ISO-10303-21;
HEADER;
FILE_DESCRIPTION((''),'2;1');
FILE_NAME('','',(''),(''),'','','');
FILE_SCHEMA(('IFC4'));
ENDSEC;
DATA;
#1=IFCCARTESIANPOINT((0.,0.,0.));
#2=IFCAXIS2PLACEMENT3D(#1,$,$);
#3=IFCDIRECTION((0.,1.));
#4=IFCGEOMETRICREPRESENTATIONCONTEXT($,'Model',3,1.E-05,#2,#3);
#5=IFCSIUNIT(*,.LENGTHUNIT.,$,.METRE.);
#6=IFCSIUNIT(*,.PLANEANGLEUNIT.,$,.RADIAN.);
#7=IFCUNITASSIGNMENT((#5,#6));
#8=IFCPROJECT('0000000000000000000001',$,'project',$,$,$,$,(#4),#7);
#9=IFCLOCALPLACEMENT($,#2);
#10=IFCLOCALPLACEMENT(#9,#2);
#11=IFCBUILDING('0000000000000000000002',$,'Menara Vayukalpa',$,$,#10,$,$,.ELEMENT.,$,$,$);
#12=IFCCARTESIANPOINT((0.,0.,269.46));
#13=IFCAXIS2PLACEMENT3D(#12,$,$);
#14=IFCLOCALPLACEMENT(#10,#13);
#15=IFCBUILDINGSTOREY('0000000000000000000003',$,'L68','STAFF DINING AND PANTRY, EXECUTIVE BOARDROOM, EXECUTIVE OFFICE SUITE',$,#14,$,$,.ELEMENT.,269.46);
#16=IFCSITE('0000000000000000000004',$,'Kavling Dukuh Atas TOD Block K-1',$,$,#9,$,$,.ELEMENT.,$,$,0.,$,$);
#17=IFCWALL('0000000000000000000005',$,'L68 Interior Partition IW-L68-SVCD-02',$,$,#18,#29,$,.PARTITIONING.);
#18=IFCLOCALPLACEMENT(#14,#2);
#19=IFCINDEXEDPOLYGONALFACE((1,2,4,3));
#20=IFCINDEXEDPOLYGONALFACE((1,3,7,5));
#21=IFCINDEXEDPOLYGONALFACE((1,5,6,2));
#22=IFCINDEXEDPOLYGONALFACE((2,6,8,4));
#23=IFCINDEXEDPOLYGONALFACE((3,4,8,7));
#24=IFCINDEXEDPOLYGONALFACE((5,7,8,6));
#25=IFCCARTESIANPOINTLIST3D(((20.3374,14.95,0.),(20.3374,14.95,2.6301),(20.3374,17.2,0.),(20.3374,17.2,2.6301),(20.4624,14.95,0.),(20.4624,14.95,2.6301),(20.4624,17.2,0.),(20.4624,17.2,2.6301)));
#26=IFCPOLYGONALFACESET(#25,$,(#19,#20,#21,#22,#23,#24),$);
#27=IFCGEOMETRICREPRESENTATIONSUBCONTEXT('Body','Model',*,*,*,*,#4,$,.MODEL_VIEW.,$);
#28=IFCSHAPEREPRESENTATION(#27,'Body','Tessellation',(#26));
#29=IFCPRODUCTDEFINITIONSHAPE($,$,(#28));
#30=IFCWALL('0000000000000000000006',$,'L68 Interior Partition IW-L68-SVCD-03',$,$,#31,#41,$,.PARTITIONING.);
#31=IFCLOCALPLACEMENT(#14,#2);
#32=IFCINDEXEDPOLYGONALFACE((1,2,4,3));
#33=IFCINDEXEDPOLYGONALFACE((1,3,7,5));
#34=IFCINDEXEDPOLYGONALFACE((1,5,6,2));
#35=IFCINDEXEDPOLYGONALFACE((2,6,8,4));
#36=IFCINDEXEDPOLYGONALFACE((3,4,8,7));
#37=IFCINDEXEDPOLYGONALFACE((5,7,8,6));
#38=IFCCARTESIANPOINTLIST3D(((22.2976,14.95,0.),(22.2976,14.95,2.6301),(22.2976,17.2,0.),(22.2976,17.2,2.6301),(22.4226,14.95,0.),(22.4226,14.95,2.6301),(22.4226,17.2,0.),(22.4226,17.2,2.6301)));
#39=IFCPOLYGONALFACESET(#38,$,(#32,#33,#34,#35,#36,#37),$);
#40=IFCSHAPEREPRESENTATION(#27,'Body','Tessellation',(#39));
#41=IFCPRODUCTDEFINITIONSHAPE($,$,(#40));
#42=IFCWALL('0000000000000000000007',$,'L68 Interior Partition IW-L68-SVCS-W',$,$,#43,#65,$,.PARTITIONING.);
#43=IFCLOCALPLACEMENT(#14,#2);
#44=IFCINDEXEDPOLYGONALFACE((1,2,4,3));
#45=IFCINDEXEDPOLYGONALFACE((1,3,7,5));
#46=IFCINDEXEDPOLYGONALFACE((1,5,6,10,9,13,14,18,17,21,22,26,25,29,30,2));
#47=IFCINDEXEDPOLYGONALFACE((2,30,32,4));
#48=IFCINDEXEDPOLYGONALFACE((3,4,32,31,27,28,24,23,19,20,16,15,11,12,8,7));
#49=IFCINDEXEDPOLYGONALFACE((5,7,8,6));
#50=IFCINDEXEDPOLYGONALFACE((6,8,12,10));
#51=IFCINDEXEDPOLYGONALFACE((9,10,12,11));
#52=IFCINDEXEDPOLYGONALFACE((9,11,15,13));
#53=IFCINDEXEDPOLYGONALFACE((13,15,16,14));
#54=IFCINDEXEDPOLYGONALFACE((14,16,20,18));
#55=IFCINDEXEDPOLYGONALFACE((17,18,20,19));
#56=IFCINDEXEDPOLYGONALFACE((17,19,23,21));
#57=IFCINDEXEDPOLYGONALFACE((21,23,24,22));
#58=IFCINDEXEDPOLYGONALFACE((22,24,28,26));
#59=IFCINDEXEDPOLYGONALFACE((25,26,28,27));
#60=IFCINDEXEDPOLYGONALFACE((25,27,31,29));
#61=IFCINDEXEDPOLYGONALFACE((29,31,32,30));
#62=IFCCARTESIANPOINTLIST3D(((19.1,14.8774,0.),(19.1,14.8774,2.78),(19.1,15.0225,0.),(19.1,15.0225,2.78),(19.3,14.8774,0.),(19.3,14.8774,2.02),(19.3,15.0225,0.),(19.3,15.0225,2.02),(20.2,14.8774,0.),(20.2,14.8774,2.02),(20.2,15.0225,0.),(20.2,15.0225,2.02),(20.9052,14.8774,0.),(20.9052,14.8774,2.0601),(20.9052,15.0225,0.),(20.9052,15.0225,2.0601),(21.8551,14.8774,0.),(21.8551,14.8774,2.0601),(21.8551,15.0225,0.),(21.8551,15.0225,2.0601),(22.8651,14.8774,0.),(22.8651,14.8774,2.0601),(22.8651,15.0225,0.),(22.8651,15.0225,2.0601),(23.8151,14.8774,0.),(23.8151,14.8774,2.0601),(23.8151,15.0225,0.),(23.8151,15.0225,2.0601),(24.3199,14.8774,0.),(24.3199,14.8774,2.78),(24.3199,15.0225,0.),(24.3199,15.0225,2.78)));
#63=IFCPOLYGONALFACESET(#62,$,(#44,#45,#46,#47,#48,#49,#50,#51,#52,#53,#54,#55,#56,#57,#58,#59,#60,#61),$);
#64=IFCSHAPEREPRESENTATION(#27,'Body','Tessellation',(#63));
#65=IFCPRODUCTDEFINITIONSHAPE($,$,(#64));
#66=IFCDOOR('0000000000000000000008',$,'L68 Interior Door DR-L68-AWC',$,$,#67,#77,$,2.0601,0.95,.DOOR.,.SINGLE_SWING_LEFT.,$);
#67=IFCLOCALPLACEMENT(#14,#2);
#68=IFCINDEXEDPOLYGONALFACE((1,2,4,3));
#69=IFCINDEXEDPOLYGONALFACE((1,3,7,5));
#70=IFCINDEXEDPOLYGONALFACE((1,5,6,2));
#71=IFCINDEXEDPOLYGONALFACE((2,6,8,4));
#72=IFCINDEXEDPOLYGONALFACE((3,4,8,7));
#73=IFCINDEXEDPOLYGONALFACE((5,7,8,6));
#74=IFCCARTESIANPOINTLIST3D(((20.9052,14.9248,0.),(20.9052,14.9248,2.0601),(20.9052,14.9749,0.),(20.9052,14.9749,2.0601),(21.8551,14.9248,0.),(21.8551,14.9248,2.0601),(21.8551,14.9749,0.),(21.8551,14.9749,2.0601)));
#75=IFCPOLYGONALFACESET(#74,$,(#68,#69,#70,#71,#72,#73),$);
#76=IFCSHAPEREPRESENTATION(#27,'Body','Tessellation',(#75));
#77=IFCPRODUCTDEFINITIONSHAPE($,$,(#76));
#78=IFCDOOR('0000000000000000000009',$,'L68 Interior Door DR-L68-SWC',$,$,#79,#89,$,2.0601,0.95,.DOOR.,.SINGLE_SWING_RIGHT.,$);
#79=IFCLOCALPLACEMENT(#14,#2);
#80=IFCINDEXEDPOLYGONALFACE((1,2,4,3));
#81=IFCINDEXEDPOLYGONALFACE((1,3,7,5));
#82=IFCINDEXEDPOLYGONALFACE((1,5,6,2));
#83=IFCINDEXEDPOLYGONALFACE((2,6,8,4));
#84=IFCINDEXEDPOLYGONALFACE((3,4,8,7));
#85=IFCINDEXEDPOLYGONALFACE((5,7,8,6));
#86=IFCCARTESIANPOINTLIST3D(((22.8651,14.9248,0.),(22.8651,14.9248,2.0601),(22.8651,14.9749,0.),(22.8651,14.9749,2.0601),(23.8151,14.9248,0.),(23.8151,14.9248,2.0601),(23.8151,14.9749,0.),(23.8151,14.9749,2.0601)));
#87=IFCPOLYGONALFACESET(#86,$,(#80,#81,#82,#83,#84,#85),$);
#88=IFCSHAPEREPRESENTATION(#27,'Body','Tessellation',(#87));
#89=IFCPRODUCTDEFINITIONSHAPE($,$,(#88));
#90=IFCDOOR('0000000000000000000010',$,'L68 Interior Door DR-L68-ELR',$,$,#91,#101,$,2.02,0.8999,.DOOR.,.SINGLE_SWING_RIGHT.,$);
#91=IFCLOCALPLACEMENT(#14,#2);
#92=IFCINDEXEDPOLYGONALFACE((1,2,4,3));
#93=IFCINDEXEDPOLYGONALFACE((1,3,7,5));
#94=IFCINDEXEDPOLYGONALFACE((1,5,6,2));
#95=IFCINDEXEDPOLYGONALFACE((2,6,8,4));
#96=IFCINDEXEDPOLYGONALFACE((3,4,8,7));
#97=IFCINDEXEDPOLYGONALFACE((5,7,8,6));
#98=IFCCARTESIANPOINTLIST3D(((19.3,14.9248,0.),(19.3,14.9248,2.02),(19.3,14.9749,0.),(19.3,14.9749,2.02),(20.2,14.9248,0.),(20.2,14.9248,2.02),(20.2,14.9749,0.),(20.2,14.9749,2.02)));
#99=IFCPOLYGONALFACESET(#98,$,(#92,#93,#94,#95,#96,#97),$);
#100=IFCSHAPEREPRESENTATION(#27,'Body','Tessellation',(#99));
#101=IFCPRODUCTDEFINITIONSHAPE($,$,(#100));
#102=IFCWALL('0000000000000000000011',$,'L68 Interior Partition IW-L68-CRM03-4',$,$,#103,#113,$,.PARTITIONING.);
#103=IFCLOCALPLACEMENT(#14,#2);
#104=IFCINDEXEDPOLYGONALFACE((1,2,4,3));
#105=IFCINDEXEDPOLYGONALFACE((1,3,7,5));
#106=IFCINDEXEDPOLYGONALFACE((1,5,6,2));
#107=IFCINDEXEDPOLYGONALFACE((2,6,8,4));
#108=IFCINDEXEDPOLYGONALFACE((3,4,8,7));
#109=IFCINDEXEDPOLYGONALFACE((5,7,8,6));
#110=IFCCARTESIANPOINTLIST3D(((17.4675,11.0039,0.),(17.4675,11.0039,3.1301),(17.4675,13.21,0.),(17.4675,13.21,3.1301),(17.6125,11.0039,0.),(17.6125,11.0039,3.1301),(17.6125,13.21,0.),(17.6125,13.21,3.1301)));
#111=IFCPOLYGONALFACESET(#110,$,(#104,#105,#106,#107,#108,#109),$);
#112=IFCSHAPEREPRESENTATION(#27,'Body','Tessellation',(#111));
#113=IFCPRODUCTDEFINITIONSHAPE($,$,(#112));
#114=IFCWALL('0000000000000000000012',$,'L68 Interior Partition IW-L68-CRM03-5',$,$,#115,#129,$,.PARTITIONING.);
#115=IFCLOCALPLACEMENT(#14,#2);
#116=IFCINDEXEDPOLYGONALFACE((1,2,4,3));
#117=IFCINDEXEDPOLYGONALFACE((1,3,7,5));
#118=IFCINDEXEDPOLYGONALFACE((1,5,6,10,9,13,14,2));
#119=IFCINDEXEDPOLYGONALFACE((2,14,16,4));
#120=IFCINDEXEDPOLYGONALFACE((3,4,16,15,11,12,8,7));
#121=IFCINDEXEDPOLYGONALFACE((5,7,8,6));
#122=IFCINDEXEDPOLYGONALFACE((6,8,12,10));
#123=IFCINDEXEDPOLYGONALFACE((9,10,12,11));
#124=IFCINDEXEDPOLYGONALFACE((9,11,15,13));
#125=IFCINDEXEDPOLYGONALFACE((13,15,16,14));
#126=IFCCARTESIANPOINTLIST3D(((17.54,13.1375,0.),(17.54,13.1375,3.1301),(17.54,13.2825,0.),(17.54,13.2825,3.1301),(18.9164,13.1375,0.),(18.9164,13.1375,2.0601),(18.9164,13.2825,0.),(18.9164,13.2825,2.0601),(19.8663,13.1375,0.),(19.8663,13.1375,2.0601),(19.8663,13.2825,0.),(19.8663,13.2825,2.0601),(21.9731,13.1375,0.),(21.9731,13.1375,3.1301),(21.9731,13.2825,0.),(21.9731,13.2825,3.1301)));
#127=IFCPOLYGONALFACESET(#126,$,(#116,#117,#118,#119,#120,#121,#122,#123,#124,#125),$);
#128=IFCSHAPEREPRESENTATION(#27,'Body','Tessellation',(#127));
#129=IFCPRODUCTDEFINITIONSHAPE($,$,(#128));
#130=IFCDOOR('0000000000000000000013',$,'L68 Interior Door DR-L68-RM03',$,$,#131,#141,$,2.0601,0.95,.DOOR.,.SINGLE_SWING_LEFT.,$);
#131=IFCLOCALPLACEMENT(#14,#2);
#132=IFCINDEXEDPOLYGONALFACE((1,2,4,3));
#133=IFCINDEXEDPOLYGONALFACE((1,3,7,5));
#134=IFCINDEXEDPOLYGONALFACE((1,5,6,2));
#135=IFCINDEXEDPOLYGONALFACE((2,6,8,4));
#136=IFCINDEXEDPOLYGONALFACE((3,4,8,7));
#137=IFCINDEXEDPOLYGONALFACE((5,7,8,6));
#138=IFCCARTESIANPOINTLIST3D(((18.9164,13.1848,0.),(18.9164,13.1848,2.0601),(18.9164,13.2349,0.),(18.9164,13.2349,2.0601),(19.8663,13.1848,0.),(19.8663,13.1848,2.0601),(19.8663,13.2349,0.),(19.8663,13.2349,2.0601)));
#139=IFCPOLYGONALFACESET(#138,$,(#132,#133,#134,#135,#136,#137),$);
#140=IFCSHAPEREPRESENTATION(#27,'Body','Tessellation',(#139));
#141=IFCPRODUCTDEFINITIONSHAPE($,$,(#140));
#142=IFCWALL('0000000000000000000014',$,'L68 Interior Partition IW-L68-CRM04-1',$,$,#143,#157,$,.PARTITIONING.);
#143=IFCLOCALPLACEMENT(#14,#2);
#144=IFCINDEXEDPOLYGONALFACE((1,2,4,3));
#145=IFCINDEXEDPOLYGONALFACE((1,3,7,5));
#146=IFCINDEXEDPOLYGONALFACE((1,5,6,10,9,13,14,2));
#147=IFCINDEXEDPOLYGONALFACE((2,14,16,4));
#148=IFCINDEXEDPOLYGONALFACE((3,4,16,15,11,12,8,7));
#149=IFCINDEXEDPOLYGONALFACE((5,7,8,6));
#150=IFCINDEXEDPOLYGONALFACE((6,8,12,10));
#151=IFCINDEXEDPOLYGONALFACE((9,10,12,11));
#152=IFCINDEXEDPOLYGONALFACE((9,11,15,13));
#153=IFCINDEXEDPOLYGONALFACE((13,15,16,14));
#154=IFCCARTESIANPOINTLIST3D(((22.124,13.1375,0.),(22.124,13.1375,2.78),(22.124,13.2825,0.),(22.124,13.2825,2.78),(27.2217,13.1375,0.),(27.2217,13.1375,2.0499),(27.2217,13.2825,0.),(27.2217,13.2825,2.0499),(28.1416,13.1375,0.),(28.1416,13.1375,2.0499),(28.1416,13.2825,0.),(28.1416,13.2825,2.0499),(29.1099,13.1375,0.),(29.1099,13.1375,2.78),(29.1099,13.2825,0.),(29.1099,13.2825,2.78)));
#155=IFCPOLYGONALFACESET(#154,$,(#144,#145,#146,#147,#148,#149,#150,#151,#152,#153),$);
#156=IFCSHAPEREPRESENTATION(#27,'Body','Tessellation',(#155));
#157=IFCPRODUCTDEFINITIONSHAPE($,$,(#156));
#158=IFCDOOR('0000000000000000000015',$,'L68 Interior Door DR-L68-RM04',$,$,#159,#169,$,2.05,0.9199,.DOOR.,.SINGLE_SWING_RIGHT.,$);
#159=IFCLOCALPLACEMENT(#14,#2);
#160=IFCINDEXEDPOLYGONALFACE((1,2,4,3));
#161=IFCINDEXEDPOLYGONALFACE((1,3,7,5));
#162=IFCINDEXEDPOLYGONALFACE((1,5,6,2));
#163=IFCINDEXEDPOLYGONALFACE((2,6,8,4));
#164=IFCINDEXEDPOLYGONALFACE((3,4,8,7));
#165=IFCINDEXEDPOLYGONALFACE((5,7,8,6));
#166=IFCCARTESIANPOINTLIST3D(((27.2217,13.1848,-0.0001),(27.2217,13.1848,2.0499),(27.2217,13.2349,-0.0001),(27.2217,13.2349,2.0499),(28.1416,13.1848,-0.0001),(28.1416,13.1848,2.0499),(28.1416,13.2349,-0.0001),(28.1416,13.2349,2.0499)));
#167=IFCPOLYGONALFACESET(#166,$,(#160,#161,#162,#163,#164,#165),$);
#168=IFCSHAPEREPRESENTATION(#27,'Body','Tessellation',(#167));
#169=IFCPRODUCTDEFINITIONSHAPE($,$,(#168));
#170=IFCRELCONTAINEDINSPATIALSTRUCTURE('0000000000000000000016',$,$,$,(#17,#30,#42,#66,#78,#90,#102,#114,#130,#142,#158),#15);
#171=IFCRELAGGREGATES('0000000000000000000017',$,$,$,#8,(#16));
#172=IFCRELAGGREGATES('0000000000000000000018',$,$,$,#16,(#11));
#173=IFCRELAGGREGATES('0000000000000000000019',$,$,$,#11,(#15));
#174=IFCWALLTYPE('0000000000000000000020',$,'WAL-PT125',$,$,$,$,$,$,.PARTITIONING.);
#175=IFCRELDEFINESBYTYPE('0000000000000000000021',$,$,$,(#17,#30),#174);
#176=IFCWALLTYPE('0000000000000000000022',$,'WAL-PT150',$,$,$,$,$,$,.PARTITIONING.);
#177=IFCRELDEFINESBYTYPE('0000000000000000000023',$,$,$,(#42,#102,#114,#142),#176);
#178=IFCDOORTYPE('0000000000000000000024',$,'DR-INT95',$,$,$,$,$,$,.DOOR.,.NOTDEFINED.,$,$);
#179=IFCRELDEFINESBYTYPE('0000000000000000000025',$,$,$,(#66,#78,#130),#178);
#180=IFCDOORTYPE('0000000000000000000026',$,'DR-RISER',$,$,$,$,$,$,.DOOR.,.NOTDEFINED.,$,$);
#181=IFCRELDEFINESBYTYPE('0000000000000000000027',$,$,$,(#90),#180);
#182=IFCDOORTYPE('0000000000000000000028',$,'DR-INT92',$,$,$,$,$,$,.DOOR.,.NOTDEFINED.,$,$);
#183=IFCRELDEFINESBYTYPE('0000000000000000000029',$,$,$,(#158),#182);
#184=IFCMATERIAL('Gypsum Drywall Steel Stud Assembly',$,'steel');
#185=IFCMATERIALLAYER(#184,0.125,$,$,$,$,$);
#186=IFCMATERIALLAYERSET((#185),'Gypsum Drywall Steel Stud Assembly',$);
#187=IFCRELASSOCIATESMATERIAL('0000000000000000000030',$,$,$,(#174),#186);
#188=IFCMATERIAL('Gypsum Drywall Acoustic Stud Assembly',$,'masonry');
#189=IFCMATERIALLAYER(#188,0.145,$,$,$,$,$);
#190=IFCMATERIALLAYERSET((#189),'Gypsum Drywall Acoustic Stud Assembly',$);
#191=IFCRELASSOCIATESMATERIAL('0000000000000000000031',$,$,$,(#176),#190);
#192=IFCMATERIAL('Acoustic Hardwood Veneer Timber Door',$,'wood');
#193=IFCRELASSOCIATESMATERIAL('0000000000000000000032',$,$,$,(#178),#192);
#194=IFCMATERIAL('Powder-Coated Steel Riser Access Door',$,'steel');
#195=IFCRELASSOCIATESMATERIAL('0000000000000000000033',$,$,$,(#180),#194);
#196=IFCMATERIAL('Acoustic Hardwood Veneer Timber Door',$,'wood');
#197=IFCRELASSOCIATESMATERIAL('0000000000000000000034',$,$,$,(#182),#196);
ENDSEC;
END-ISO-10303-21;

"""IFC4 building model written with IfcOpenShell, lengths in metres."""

from ifc_helpers import new_model, si_unit, direction, frame, frame_2d, origin, place, context, subcontext, project, spatial, rectangle, extrude, material, layer, layer_set, type_object, element, fill, save


model = new_model("IFC4")

# Units and contexts
model_context = context("Model", 3, precision=1e-05, world=origin(), true_north=direction((0.0, 1.0)))
body_context = subcontext(model_context, "Body", "Model", "MODEL_VIEW")
ifc_project = project(units=[si_unit("LENGTHUNIT", "METRE"), si_unit("PLANEANGLEUNIT", "RADIAN")], contexts=[model_context])

# Site, building, storey
site_placement = place(None, origin())
site = spatial("IfcSite", under=ifc_project, at=site_placement, Name="Kavling Dukuh Atas TOD Block K-1", CompositionType="ELEMENT", RefElevation=0.0)
building_placement = place(site_placement, origin())
building = spatial("IfcBuilding", under=site, at=building_placement, Name="Menara Vayukalpa", CompositionType="ELEMENT")
storey_placement = place(building_placement, frame((0.0, 0.0, 269.46)))
storey = spatial("IfcBuildingStorey", under=building, at=storey_placement, Name="L68", Description="STAFF DINING AND PANTRY, EXECUTIVE BOARDROOM, EXECUTIVE OFFICE SUITE", CompositionType="ELEMENT", Elevation=269.46)

# Walls
ifc_material_1 = material(Name="Gypsum Drywall Steel Stud Assembly", Category="steel")
ifc_layer_1 = layer(ifc_material_1, 0.125)
ifc_layer_set_1 = layer_set([ifc_layer_1], Name="Gypsum Drywall Steel Stud Assembly")
wall_type_1 = type_object("IfcWallType", Name="WAL-PT125", PredefinedType="PARTITIONING", material=ifc_layer_set_1)
for number, where, z_axis, x_axis, name in (
    (1, (20.3999, 14.95, 0.0), (0.0, 0.0, 1.0), (0.0, 1.0, 0.0), "L68 Interior Partition IW-L68-SVCD-02"),
    (2, (22.3601, 14.95, 0.0), (0.0, 0.0, 1.0), (0.0, 1.0, 0.0), "L68 Interior Partition IW-L68-SVCD-03"),
):
    element("IfcWall", number, at=place(storey_placement, frame(where, z_axis=z_axis, x_axis=x_axis)), inside=storey, type_object=wall_type_1, Name=name, PredefinedType="PARTITIONING", context=body_context, shape_type="SweptSolid", body=[
        extrude(rectangle(XDim=2.25, YDim=0.125, at=frame_2d((1.125, 0.0))), origin(), (0.0, 0.0, 1.0), 2.6301),
    ])

# Wall, openings, doors
ifc_material_2 = material(Name="Gypsum Drywall Acoustic Stud Assembly", Category="masonry")
ifc_layer_2 = layer(ifc_material_2, 0.145)
ifc_layer_set_2 = layer_set([ifc_layer_2], Name="Gypsum Drywall Acoustic Stud Assembly")
wall_type_2 = type_object("IfcWallType", Name="WAL-PT150", PredefinedType="PARTITIONING", material=ifc_layer_set_2)
wall_1_placement = place(storey_placement, frame((19.1001, 14.95, 0.0), z_axis=(0.0, 0.0, 1.0), x_axis=(1.0, 0.0, 0.0)))
wall_1 = element("IfcWall", 3, at=wall_1_placement, inside=storey, type_object=wall_type_2, Name="L68 Interior Partition IW-L68-SVCS-W", PredefinedType="PARTITIONING", context=body_context, shape_type="SweptSolid", body=[
    extrude(rectangle(XDim=5.22, YDim=0.145, at=frame_2d((2.6099, 0.0))), origin(), (0.0, 0.0, 1.0), 2.78),
])
opening_1_placement = place(wall_1_placement, frame((0.2, 0.0, 0.0)))
opening_1 = element("IfcOpeningElement", 4, at=opening_1_placement, cuts=wall_1, PredefinedType="OPENING", context=body_context, shape_type="SweptSolid", body=[
    extrude(rectangle(XDim=0.8999, YDim=2.02, at=frame_2d((0.45, 1.01))), frame((0.0, 0.0825, 0.0), z_axis=(0.0, -1.0, 0.0), x_axis=(1.0, 0.0, 0.0)), (0.0, 0.0, 1.0), 0.165),
])
opening_2_placement = place(wall_1_placement, frame((1.8049, 0.0, 0.0)))
opening_2 = element("IfcOpeningElement", 5, at=opening_2_placement, cuts=wall_1, PredefinedType="OPENING", context=body_context, shape_type="SweptSolid", body=[
    extrude(rectangle(XDim=0.95, YDim=2.0601, at=frame_2d((0.4751, 1.03))), frame((0.0, 0.0825, 0.0), z_axis=(0.0, -1.0, 0.0), x_axis=(1.0, 0.0, 0.0)), (0.0, 0.0, 1.0), 0.165),
])
opening_3_placement = place(wall_1_placement, frame((3.7649, 0.0, 0.0)))
opening_3 = element("IfcOpeningElement", 6, at=opening_3_placement, cuts=wall_1, PredefinedType="OPENING", context=body_context, shape_type="SweptSolid", body=[
    extrude(rectangle(XDim=0.95, YDim=2.0601, at=frame_2d((0.4751, 1.03))), frame((0.0, 0.0825, 0.0), z_axis=(0.0, -1.0, 0.0), x_axis=(1.0, 0.0, 0.0)), (0.0, 0.0, 1.0), 0.165),
])
ifc_material_3 = material(Name="Acoustic Hardwood Veneer Timber Door", Category="wood")
door_type_1 = type_object("IfcDoorType", Name="DR-INT95", OperationType="NOTDEFINED", PredefinedType="DOOR", material=ifc_material_3)
door_1_placement = place(opening_2_placement, origin())
door_1 = element("IfcDoor", 7, at=door_1_placement, inside=storey, type_object=door_type_1, Name="L68 Interior Door DR-L68-AWC", OperationType="SINGLE_SWING_LEFT", OverallHeight=2.0601, OverallWidth=0.95, PredefinedType="DOOR", context=body_context, shape_type="SweptSolid", body=[
    extrude(rectangle(XDim=0.95, YDim=2.0601, at=frame_2d((0.4751, 1.03))), frame((0.0, 0.0249, 0.0), z_axis=(0.0, -1.0, 0.0), x_axis=(1.0, 0.0, 0.0)), (0.0, 0.0, 1.0), 0.05),
])
fill(opening_2, door_1)
door_2_placement = place(opening_3_placement, origin())
door_2 = element("IfcDoor", 8, at=door_2_placement, inside=storey, type_object=door_type_1, Name="L68 Interior Door DR-L68-SWC", OperationType="SINGLE_SWING_RIGHT", OverallHeight=2.0601, OverallWidth=0.95, PredefinedType="DOOR", context=body_context, shape_type="SweptSolid", body=[
    extrude(rectangle(XDim=0.95, YDim=2.0601, at=frame_2d((0.4751, 1.03))), frame((0.0, 0.0249, 0.0), z_axis=(0.0, -1.0, 0.0), x_axis=(1.0, 0.0, 0.0)), (0.0, 0.0, 1.0), 0.05),
])
fill(opening_3, door_2)
ifc_material_4 = material(Name="Powder-Coated Steel Riser Access Door", Category="steel")
door_type_2 = type_object("IfcDoorType", Name="DR-RISER", OperationType="NOTDEFINED", PredefinedType="DOOR", material=ifc_material_4)
door_3_placement = place(opening_1_placement, origin())
door_3 = element("IfcDoor", 9, at=door_3_placement, inside=storey, type_object=door_type_2, Name="L68 Interior Door DR-L68-ELR", OperationType="SINGLE_SWING_RIGHT", OverallHeight=2.02, OverallWidth=0.8999, PredefinedType="DOOR", context=body_context, shape_type="SweptSolid", body=[
    extrude(rectangle(XDim=0.8999, YDim=2.02, at=frame_2d((0.45, 1.01))), frame((0.0, 0.0249, 0.0), z_axis=(0.0, -1.0, 0.0), x_axis=(1.0, 0.0, 0.0)), (0.0, 0.0, 1.0), 0.05),
])
fill(opening_1, door_3)

# Wall
wall_2_placement = place(storey_placement, frame((17.54, 11.0039, 0.0), z_axis=(0.0, 0.0, 1.0), x_axis=(0.0, 1.0, 0.0)))
element("IfcWall", 10, at=wall_2_placement, inside=storey, type_object=wall_type_2, Name="L68 Interior Partition IW-L68-CRM03-4", PredefinedType="PARTITIONING", context=body_context, shape_type="SweptSolid", body=[
    extrude(rectangle(XDim=2.2061, YDim=0.145, at=frame_2d((1.103, 0.0))), origin(), (0.0, 0.0, 1.0), 3.1301),
])

# Walls, openings, doors
wall_3_placement = place(storey_placement, frame((17.54, 13.21, 0.0), z_axis=(0.0, 0.0, 1.0), x_axis=(1.0, 0.0, 0.0)))
wall_3 = element("IfcWall", 11, at=wall_3_placement, inside=storey, type_object=wall_type_2, Name="L68 Interior Partition IW-L68-CRM03-5", PredefinedType="PARTITIONING", context=body_context, shape_type="SweptSolid", body=[
    extrude(rectangle(XDim=4.4331, YDim=0.145, at=frame_2d((2.2166, 0.0))), origin(), (0.0, 0.0, 1.0), 3.1301),
])
opening_4_placement = place(wall_3_placement, frame((1.3762, 0.0, 0.0)))
opening_4 = element("IfcOpeningElement", 12, at=opening_4_placement, cuts=wall_3, PredefinedType="OPENING", context=body_context, shape_type="SweptSolid", body=[
    extrude(rectangle(XDim=0.95, YDim=2.0601, at=frame_2d((0.4751, 1.03))), frame((0.0, 0.0825, 0.0), z_axis=(0.0, -1.0, 0.0), x_axis=(1.0, 0.0, 0.0)), (0.0, 0.0, 1.0), 0.165),
])
door_4_placement = place(opening_4_placement, origin())
door_4 = element("IfcDoor", 13, at=door_4_placement, inside=storey, type_object=door_type_1, Name="L68 Interior Door DR-L68-RM03", OperationType="SINGLE_SWING_LEFT", OverallHeight=2.0601, OverallWidth=0.95, PredefinedType="DOOR", context=body_context, shape_type="SweptSolid", body=[
    extrude(rectangle(XDim=0.95, YDim=2.0601, at=frame_2d((0.4751, 1.03))), frame((0.0, 0.0249, 0.0), z_axis=(0.0, -1.0, 0.0), x_axis=(1.0, 0.0, 0.0)), (0.0, 0.0, 1.0), 0.05),
])
fill(opening_4, door_4)
wall_4_placement = place(storey_placement, frame((22.124, 13.21, 0.0), z_axis=(0.0, 0.0, 1.0), x_axis=(1.0, 0.0, 0.0)))
wall_4 = element("IfcWall", 14, at=wall_4_placement, inside=storey, type_object=wall_type_2, Name="L68 Interior Partition IW-L68-CRM04-1", PredefinedType="PARTITIONING", context=body_context, shape_type="SweptSolid", body=[
    extrude(rectangle(XDim=6.9858, YDim=0.145, at=frame_2d((3.4929, 0.0))), origin(), (0.0, 0.0, 1.0), 2.78),
])
opening_5_placement = place(wall_4_placement, frame((5.0977, 0.0, 0.0)))
opening_5 = element("IfcOpeningElement", 15, at=opening_5_placement, cuts=wall_4, PredefinedType="OPENING", context=body_context, shape_type="SweptSolid", body=[
    extrude(rectangle(XDim=0.9199, YDim=2.05, at=frame_2d((0.46, 1.0249))), frame((0.0, 0.0825, 0.0), z_axis=(0.0, -1.0, 0.0), x_axis=(1.0, 0.0, 0.0)), (0.0, 0.0, 1.0), 0.165),
])
ifc_material_5 = material(Name="Acoustic Hardwood Veneer Timber Door", Category="wood")
door_type_3 = type_object("IfcDoorType", Name="DR-INT92", OperationType="NOTDEFINED", PredefinedType="DOOR", material=ifc_material_5)
door_5_placement = place(opening_5_placement, origin())
door_5 = element("IfcDoor", 16, at=door_5_placement, inside=storey, type_object=door_type_3, Name="L68 Interior Door DR-L68-RM04", OperationType="SINGLE_SWING_RIGHT", OverallHeight=2.05, OverallWidth=0.9199, PredefinedType="DOOR", context=body_context, shape_type="SweptSolid", body=[
    extrude(rectangle(XDim=0.9199, YDim=2.05, at=frame_2d((0.46, 1.0249))), frame((0.0, 0.0249, 0.0), z_axis=(0.0, -1.0, 0.0), x_axis=(1.0, 0.0, 0.0)), (0.0, 0.0, 1.0), 0.05),
])
fill(opening_5, door_5)

save(model, "model.ifc")
